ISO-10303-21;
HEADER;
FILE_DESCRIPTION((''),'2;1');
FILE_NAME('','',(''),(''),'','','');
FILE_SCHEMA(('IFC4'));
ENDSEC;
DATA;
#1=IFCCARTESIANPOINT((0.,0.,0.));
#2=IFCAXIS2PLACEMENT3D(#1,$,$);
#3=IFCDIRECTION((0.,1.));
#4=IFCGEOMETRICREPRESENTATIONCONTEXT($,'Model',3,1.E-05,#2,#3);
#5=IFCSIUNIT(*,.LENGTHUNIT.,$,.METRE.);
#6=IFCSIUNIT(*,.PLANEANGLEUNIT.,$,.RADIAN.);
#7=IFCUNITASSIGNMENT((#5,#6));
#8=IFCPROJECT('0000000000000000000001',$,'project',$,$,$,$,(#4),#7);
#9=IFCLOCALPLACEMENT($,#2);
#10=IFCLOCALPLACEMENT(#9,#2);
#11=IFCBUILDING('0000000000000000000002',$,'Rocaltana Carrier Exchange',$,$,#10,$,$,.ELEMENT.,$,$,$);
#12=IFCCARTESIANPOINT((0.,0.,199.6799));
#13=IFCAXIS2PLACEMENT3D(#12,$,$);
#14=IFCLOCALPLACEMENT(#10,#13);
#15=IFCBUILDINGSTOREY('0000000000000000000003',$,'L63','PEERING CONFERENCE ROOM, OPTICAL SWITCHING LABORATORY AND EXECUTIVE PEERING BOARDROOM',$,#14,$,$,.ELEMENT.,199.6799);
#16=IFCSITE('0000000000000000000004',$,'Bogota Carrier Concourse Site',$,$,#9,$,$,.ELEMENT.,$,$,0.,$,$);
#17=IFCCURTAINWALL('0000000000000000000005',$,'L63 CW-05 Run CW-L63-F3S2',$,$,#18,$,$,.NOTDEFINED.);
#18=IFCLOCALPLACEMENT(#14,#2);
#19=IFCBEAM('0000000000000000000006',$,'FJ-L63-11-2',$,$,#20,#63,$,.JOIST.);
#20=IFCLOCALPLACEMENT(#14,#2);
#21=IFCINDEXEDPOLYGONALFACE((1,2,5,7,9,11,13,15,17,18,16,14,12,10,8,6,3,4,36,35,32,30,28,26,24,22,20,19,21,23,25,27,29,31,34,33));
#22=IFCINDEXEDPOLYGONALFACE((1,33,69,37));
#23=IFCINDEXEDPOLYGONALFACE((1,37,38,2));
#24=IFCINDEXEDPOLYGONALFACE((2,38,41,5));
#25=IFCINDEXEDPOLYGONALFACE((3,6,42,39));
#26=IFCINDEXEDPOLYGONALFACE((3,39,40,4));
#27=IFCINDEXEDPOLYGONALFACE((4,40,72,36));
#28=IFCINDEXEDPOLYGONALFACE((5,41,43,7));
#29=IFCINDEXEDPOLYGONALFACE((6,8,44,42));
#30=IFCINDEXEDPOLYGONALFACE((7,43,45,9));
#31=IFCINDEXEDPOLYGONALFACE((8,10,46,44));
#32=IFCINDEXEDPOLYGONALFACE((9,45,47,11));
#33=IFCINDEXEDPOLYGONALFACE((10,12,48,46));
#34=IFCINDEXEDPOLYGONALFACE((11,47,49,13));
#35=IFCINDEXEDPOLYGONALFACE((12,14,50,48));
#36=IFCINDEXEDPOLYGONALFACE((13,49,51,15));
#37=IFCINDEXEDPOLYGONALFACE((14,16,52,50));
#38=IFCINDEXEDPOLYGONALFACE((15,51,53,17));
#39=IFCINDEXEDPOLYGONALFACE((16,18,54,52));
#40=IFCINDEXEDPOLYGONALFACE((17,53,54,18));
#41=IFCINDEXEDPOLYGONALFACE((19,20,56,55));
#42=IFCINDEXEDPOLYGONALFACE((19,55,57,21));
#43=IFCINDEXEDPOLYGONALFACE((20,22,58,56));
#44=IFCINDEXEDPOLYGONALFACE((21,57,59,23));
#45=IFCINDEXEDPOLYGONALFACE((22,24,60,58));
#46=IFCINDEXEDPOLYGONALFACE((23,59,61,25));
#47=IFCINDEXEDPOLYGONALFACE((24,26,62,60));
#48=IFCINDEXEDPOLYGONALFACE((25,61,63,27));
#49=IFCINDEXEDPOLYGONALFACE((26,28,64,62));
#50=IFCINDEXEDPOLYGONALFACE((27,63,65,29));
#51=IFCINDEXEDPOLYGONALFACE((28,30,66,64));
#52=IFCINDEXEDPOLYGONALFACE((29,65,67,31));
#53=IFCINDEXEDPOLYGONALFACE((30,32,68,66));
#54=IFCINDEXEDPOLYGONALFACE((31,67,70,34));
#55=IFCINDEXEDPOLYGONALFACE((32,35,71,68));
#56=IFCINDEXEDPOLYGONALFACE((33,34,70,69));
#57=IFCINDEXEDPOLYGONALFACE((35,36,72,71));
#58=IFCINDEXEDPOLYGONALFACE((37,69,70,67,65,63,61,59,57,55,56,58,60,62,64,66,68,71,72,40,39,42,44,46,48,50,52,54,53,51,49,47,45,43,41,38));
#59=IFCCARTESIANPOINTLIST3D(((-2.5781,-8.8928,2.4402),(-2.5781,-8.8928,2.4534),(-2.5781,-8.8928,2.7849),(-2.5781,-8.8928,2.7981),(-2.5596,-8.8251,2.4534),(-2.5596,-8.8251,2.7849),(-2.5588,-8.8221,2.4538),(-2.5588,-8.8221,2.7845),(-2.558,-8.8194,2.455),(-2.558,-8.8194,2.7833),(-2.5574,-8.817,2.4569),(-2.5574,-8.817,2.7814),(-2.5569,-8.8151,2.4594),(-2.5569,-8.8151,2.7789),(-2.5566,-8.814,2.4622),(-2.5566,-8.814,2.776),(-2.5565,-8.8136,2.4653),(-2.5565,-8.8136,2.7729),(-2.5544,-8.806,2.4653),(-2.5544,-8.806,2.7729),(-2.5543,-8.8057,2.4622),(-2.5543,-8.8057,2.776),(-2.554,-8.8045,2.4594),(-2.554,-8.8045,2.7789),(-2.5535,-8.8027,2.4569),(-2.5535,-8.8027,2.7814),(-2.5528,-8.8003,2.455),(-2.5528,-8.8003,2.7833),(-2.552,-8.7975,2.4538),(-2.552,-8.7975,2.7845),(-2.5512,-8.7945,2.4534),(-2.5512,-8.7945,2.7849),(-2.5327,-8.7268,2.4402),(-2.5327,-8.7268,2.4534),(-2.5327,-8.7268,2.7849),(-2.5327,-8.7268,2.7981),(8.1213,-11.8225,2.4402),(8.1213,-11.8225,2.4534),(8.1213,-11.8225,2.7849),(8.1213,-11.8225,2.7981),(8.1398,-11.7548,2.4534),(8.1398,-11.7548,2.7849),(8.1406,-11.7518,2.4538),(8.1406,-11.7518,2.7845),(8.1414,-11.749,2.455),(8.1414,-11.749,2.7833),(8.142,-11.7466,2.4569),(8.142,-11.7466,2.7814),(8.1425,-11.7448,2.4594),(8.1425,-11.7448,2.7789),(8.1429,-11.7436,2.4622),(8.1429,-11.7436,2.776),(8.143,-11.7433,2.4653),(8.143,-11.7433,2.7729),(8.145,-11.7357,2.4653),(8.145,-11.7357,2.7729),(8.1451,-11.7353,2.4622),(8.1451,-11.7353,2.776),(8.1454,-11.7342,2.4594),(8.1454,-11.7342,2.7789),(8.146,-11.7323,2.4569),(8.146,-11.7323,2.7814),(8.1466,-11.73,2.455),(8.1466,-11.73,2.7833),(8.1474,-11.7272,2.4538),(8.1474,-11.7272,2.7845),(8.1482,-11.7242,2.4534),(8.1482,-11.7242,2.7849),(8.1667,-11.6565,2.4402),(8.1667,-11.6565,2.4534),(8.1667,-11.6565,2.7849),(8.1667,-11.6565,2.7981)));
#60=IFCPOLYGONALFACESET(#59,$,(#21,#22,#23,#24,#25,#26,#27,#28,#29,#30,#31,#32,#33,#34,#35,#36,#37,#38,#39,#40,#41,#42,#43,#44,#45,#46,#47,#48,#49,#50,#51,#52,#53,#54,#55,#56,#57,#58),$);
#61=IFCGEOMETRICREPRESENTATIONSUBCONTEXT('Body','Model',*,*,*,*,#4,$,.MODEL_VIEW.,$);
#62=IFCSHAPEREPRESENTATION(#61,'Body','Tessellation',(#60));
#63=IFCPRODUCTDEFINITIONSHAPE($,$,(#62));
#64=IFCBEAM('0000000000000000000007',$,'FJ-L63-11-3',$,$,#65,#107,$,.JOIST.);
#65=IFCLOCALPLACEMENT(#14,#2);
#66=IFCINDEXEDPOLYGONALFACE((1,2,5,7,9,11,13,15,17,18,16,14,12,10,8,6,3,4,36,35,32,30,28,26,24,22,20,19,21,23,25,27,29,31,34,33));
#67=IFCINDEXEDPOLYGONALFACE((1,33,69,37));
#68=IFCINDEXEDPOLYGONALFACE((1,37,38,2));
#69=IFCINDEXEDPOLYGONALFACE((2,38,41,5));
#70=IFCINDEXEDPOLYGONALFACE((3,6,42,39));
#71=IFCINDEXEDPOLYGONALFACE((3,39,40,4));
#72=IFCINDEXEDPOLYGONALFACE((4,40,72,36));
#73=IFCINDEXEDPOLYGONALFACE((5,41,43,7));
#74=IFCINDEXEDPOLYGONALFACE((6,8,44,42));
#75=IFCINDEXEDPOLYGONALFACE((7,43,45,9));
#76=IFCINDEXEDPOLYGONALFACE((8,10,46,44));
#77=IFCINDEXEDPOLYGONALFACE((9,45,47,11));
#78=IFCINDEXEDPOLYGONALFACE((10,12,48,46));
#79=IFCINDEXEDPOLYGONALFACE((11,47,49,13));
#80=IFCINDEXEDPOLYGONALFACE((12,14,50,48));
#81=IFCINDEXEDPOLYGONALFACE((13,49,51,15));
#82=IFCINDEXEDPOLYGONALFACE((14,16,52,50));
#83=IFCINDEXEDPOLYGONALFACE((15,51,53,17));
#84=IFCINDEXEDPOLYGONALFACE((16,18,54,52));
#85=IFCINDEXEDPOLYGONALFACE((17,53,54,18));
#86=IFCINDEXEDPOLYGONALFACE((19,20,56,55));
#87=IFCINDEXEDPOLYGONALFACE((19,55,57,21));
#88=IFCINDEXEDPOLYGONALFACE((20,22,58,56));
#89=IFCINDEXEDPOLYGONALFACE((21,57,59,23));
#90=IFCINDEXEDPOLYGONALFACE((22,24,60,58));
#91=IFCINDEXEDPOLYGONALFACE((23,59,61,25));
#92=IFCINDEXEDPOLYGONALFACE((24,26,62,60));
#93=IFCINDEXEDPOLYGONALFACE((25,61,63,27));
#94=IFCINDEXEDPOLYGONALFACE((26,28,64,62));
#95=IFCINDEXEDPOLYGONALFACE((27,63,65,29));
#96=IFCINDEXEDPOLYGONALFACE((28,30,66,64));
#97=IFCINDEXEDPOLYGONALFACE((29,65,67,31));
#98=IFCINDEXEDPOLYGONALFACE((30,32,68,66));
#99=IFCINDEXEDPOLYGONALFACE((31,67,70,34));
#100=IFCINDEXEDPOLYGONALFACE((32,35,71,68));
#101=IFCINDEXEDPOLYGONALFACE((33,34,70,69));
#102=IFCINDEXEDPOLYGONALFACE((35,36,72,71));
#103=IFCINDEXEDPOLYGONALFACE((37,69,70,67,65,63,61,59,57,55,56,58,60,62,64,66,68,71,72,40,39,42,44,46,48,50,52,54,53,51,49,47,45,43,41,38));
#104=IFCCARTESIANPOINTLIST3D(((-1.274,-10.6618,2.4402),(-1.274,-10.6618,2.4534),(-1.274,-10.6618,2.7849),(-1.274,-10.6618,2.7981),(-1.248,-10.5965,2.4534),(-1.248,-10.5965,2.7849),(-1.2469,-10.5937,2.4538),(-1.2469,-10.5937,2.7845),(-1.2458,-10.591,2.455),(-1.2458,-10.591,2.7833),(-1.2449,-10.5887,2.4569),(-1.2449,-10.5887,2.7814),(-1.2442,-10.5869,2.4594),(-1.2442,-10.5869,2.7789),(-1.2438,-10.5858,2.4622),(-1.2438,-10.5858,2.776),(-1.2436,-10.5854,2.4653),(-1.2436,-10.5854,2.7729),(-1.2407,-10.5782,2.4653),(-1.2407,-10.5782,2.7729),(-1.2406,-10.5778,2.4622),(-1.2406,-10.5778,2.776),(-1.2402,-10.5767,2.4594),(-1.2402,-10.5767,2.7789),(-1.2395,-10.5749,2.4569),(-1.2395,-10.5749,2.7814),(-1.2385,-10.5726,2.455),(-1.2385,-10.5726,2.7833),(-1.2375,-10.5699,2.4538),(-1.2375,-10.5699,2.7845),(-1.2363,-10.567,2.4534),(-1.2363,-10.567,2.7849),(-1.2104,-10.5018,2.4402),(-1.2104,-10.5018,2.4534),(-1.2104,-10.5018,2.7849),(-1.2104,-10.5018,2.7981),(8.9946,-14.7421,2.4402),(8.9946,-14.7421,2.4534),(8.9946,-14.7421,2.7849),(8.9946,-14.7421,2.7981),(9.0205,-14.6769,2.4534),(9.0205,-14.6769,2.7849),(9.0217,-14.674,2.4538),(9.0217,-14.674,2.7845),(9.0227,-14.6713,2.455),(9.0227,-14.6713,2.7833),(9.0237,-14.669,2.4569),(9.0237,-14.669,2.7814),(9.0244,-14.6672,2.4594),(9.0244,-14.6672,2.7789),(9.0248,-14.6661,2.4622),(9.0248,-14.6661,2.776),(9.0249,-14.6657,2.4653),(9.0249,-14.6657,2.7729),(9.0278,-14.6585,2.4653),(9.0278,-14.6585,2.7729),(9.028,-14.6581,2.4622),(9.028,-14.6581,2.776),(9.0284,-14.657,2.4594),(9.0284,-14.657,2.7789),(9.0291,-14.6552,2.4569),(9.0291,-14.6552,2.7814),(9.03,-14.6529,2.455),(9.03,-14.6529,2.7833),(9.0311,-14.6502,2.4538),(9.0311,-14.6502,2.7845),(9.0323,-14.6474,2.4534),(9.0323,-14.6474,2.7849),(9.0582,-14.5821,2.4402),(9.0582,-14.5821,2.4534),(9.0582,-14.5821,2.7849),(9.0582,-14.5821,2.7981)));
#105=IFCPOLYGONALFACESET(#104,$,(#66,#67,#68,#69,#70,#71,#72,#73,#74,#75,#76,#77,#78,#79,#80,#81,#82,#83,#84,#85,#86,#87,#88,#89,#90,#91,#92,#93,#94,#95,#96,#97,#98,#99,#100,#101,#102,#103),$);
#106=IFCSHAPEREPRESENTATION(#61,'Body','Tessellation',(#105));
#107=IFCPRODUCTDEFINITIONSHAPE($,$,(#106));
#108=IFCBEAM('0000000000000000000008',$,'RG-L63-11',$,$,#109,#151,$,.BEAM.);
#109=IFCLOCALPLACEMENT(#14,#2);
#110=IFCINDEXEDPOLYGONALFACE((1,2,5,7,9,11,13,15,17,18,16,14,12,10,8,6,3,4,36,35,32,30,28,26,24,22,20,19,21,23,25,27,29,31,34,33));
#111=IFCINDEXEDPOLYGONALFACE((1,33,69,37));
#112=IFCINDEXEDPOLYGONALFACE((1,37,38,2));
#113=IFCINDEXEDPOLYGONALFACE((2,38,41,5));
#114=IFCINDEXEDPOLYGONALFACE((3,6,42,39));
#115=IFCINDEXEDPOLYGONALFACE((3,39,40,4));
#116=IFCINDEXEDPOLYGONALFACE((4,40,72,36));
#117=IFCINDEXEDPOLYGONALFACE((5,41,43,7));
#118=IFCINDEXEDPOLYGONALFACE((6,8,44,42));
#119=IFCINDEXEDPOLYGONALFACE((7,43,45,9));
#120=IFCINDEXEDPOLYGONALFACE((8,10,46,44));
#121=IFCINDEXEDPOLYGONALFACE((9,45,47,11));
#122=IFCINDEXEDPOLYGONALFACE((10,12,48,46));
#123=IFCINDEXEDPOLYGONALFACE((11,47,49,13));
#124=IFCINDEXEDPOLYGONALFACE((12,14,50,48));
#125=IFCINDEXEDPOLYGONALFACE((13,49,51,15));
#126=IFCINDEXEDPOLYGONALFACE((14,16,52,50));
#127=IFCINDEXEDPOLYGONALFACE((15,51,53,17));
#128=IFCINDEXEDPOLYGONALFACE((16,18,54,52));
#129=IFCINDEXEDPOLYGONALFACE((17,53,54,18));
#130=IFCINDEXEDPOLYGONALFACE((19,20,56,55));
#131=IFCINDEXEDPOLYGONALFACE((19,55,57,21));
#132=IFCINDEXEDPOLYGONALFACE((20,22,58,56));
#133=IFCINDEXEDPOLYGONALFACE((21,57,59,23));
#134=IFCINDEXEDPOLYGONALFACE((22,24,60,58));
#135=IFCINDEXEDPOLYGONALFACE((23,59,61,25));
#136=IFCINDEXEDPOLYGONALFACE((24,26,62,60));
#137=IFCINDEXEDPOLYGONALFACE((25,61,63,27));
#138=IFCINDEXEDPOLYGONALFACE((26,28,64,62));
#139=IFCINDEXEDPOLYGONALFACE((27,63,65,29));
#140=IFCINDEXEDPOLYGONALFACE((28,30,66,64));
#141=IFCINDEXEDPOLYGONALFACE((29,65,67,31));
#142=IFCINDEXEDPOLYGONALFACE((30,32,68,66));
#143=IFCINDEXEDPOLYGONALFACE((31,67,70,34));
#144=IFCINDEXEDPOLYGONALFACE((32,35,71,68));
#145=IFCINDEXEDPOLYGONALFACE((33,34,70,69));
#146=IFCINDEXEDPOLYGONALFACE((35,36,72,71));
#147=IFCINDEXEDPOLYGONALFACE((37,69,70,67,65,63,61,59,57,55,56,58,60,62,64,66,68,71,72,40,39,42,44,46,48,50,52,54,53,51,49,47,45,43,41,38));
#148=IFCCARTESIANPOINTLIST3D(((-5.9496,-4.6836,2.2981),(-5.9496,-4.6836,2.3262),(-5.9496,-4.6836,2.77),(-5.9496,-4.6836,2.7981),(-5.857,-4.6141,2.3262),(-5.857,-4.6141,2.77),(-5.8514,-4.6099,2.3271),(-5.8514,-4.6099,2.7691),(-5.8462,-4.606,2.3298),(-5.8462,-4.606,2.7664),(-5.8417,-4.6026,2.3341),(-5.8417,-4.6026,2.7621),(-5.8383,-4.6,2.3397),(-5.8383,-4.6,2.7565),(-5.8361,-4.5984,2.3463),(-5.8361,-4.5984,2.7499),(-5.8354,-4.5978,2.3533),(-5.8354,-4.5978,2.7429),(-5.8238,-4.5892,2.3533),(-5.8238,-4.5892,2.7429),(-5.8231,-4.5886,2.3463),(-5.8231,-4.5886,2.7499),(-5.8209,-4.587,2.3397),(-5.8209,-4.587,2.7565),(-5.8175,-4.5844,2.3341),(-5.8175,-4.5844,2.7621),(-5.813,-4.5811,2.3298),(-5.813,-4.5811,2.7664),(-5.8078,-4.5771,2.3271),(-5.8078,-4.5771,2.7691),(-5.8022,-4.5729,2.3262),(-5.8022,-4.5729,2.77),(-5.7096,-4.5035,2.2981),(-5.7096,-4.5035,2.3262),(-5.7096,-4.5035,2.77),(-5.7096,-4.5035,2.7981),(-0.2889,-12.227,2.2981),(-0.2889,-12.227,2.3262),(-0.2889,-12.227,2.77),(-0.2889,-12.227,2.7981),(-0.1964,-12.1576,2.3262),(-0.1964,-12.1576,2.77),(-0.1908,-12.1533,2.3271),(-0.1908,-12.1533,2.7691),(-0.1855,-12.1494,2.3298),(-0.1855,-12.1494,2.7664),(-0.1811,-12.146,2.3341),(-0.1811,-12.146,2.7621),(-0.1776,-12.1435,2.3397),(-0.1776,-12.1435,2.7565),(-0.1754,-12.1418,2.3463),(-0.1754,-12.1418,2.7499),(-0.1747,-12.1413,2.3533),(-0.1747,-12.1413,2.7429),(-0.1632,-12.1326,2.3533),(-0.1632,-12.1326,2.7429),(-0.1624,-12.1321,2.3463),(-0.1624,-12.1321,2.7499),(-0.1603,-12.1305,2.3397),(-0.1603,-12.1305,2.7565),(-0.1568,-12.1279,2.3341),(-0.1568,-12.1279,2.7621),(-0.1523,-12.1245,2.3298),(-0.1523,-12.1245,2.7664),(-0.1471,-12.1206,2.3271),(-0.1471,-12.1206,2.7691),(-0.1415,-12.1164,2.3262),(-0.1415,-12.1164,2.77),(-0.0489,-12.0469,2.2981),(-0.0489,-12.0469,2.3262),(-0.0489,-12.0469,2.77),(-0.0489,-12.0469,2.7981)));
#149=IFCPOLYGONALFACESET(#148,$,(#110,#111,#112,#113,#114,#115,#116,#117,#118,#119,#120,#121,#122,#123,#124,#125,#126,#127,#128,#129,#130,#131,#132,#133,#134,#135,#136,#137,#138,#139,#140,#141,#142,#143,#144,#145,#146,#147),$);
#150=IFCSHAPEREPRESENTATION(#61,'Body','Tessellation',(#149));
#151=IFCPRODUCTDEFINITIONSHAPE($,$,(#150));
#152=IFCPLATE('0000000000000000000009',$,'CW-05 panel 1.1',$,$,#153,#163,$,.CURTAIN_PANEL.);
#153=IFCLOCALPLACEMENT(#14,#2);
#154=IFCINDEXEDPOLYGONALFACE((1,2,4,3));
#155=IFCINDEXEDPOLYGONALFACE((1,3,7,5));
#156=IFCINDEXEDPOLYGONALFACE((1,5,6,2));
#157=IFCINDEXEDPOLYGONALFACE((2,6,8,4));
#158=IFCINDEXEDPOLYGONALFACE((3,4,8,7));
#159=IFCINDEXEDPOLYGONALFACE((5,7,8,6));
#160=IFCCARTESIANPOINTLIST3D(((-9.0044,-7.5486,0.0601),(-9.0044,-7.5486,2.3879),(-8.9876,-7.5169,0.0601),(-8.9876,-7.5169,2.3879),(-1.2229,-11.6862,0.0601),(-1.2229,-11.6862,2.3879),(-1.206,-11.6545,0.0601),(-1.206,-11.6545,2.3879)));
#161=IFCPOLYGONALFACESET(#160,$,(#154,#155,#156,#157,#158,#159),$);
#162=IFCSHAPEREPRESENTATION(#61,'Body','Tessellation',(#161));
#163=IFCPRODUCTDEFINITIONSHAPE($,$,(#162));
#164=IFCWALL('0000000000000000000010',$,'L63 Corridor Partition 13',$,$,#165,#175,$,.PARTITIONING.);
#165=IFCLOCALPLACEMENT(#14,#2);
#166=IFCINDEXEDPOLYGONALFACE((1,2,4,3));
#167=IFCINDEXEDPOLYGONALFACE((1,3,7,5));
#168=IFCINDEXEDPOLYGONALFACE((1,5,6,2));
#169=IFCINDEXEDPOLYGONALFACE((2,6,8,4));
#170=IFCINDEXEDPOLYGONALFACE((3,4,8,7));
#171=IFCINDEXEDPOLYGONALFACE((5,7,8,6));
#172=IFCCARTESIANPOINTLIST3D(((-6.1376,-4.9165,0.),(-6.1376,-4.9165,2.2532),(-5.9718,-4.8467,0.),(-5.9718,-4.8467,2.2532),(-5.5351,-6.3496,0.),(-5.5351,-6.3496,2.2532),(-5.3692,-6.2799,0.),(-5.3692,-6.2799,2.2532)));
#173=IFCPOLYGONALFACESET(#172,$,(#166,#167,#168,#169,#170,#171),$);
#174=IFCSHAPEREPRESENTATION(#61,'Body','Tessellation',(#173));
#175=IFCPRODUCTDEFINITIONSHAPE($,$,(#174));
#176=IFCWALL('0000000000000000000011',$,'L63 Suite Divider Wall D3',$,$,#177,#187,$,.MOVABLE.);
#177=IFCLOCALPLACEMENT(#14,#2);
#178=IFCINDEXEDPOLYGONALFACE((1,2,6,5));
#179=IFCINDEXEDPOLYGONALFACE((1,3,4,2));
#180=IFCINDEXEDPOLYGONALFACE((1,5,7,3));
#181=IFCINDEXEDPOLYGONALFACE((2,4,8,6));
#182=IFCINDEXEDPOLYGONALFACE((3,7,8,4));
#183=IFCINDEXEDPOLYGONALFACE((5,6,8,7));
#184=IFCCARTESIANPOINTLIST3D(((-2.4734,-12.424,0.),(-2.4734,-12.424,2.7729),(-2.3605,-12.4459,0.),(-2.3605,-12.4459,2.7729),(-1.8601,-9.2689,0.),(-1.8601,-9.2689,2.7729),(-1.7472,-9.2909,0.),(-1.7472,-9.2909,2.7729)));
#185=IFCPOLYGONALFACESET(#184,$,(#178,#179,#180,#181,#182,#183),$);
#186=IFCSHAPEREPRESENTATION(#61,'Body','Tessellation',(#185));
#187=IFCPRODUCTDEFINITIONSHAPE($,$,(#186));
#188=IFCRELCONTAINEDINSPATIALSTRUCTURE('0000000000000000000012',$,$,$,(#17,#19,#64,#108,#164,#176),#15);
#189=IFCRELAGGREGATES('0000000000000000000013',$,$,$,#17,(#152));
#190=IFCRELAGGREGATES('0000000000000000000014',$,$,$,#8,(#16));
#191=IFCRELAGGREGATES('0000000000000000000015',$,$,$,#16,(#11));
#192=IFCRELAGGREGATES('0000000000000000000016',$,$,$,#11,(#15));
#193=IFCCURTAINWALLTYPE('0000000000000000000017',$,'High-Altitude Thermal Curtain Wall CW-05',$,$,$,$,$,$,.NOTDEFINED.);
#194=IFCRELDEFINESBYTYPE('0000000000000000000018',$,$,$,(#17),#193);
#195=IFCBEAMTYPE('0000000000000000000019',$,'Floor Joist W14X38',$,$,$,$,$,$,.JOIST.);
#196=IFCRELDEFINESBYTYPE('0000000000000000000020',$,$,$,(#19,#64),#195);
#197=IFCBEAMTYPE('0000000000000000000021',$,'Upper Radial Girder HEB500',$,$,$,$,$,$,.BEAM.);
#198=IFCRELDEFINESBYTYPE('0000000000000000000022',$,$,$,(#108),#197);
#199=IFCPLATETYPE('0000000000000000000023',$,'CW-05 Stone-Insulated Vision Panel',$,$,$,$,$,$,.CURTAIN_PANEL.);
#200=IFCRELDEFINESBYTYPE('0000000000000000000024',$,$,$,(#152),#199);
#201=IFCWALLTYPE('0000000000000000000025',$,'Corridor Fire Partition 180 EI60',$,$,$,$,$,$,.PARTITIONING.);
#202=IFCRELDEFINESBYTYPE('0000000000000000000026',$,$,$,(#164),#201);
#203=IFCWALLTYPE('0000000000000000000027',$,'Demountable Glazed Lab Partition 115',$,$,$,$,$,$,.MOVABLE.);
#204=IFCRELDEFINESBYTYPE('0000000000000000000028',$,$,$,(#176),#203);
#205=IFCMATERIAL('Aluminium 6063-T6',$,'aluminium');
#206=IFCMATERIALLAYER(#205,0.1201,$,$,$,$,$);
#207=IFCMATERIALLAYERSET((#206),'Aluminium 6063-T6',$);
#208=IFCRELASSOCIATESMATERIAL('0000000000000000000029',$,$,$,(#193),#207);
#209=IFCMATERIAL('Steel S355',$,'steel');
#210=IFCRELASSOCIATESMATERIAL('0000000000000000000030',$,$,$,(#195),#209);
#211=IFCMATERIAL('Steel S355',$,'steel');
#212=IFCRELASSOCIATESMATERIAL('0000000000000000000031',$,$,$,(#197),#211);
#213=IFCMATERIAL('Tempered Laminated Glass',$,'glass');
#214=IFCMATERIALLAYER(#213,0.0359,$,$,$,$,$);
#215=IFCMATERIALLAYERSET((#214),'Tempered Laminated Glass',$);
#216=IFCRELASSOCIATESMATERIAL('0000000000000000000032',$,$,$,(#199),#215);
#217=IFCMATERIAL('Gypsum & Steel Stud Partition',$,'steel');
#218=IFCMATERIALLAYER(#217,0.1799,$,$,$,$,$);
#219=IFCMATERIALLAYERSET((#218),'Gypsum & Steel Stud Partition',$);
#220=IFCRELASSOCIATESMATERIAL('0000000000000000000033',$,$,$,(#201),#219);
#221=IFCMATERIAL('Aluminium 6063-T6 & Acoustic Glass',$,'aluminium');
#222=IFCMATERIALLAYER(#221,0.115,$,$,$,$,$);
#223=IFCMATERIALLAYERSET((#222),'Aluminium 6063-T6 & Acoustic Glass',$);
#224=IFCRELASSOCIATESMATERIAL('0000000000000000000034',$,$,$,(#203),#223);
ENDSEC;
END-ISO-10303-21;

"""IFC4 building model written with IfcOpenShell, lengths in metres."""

from ifc_helpers import new_model, si_unit, direction, frame, frame_2d, origin, origin_2d, place, context, subcontext, project, spatial, rectangle, i_section, extrude, material, layer, layer_set, material_profile, profile_set, type_object, element, aggregate, save


model = new_model("IFC4")

# Units and contexts
model_context = context("Model", 3, precision=1e-05, world=origin(), true_north=direction((0.0, 1.0)))
body_context = subcontext(model_context, "Body", "Model", "MODEL_VIEW")
ifc_project = project(units=[si_unit("LENGTHUNIT", "METRE"), si_unit("PLANEANGLEUNIT", "RADIAN")], contexts=[model_context])

# Site, building, storey
site_placement = place(None, origin())
site = spatial("IfcSite", under=ifc_project, at=site_placement, Name="Bogota Carrier Concourse Site", CompositionType="ELEMENT", RefElevation=0.0)
building_placement = place(site_placement, origin())
building = spatial("IfcBuilding", under=site, at=building_placement, Name="Rocaltana Carrier Exchange", CompositionType="ELEMENT")
storey_placement = place(building_placement, frame((0.0, 0.0, 199.6799)))
storey = spatial("IfcBuildingStorey", under=building, at=storey_placement, Name="L63", Description="PEERING CONFERENCE ROOM, OPTICAL SWITCHING LABORATORY AND EXECUTIVE PEERING BOARDROOM", CompositionType="ELEMENT", Elevation=199.6799)

# Curtain wall
ifc_material_1 = material(Name="Aluminium 6063-T6", Category="aluminium")
ifc_layer_1 = layer(ifc_material_1, 0.1201)
ifc_layer_set_1 = layer_set([ifc_layer_1], Name="Aluminium 6063-T6")
curtain_wall_type = type_object("IfcCurtainWallType", Name="High-Altitude Thermal Curtain Wall CW-05", PredefinedType="NOTDEFINED", material=ifc_layer_set_1)
curtain_wall_placement = place(storey_placement, origin())
curtain_wall = element("IfcCurtainWall", 1, at=curtain_wall_placement, inside=storey, type_object=curtain_wall_type, Name="L63 CW-05 Run CW-L63-F3S2", PredefinedType="NOTDEFINED")

# Beams
ifc_material_2 = material(Name="Steel S355", Category="steel")
ifc_material_profile_1 = material_profile(ifc_material_2, i_section(OverallWidth=0.1721, OverallDepth=0.3579, WebThickness=0.0078, FlangeThickness=0.0132, FilletRadius=0.012, at=origin_2d()), Name="W14X38")
ifc_profile_set_1 = profile_set([ifc_material_profile_1], Name="Steel S355")
beam_type_1 = type_object("IfcBeamType", Name="Floor Joist W14X38", PredefinedType="JOIST", material=ifc_profile_set_1)
beam_1_placement = place(storey_placement, frame((-2.5554, -8.8098, 2.6191), z_axis=(0.964497, -0.264095, 0.0), x_axis=(0.264095, 0.964497, 0.0)))
element("IfcBeam", 2, at=beam_1_placement, inside=storey, type_object=beam_type_1, Name="FJ-L63-11-2", PredefinedType="JOIST", context=body_context, shape_type="SweptSolid", body=[
    extrude(i_section(OverallWidth=0.1721, OverallDepth=0.3579, WebThickness=0.0078, FlangeThickness=0.0132, FilletRadius=0.012, at=origin_2d()), origin(), (0.0, 0.0, 1.0), 11.0933),
])
beam_2_placement = place(storey_placement, frame((-1.2422, -10.5818, 2.6191), z_axis=(0.92932, -0.369275, 0.0), x_axis=(0.369275, 0.92932, 0.0)))
element("IfcBeam", 3, at=beam_2_placement, inside=storey, type_object=beam_type_1, Name="FJ-L63-11-3", PredefinedType="JOIST", context=body_context, shape_type="SweptSolid", body=[
    extrude(i_section(OverallWidth=0.1721, OverallDepth=0.3579, WebThickness=0.0078, FlangeThickness=0.0132, FilletRadius=0.012, at=origin_2d()), origin(), (0.0, 0.0, 1.0), 11.0496),
])
ifc_material_3 = material(Name="Steel S355", Category="steel")
ifc_material_profile_2 = material_profile(ifc_material_3, i_section(OverallWidth=0.3, OverallDepth=0.5, WebThickness=0.0144, FlangeThickness=0.0281, FilletRadius=0.0271, at=origin_2d()), Name="HEB500")
ifc_profile_set_2 = profile_set([ifc_material_profile_2], Name="Steel S355")
beam_type_2 = type_object("IfcBeamType", Name="Upper Radial Girder HEB500", PredefinedType="BEAM", material=ifc_profile_set_2)
beam_3_placement = place(storey_placement, frame((-5.8296, -4.5935, 2.5481), z_axis=(0.600207, -0.799845, 0.0), x_axis=(0.799845, 0.600207, 0.0)))
element("IfcBeam", 4, at=beam_3_placement, inside=storey, type_object=beam_type_2, Name="RG-L63-11", PredefinedType="BEAM", context=body_context, shape_type="SweptSolid", body=[
    extrude(i_section(OverallWidth=0.3, OverallDepth=0.5, WebThickness=0.0144, FlangeThickness=0.0281, FilletRadius=0.0271, at=origin_2d()), origin(), (0.0, 0.0, 1.0), 9.4312),
])

# Plate
ifc_material_4 = material(Name="Tempered Laminated Glass", Category="glass")
ifc_layer_2 = layer(ifc_material_4, 0.0359)
ifc_layer_set_2 = layer_set([ifc_layer_2], Name="Tempered Laminated Glass")
plate_type = type_object("IfcPlateType", Name="CW-05 Stone-Insulated Vision Panel", PredefinedType="CURTAIN_PANEL", material=ifc_layer_set_2)
plate_placement = place(storey_placement, frame((-5.1052, -9.6016, 0.0601), z_axis=(0.0, 0.0, 1.0), x_axis=(0.882943, -0.469479, 0.0)))
plate = element("IfcPlate", 5, at=plate_placement, type_object=plate_type, Name="CW-05 panel 1.1", PredefinedType="CURTAIN_PANEL", context=body_context, shape_type="SweptSolid", body=[
    extrude(rectangle(XDim=8.8132, YDim=0.0359, at=origin_2d()), origin(), (0.0, 0.0, 1.0), 2.3279),
])
aggregate(curtain_wall, [plate])

# Walls
ifc_material_5 = material(Name="Gypsum & Steel Stud Partition", Category="steel")
ifc_layer_3 = layer(ifc_material_5, 0.1799)
ifc_layer_set_3 = layer_set([ifc_layer_3], Name="Gypsum & Steel Stud Partition")
wall_type_1 = type_object("IfcWallType", Name="Corridor Fire Partition 180 EI60", PredefinedType="PARTITIONING", material=ifc_layer_set_3)
wall_1_placement = place(storey_placement, frame((-6.0547, -4.8816, 0.0), z_axis=(0.0, 0.0, 1.0), x_axis=(0.38758, -0.921836, 0.0)))
element("IfcWall", 6, at=wall_1_placement, inside=storey, type_object=wall_type_1, Name="L63 Corridor Partition 13", PredefinedType="PARTITIONING", context=body_context, shape_type="SweptSolid", body=[
    extrude(rectangle(XDim=1.5547, YDim=0.1799, at=frame_2d((0.7773, 0.0))), origin(), (0.0, 0.0, 1.0), 2.2532),
])
ifc_material_6 = material(Name="Aluminium 6063-T6 & Acoustic Glass", Category="aluminium")
ifc_layer_4 = layer(ifc_material_6, 0.115)
ifc_layer_set_4 = layer_set([ifc_layer_4], Name="Aluminium 6063-T6 & Acoustic Glass")
wall_type_2 = type_object("IfcWallType", Name="Demountable Glazed Lab Partition 115", PredefinedType="MOVABLE", material=ifc_layer_set_4)
wall_2_placement = place(storey_placement, frame((-1.8037, -9.28, 0.0), z_axis=(0.0, 0.0, 1.0), x_axis=(-0.190811, -0.981627, 0.0)))
element("IfcWall", 7, at=wall_2_placement, inside=storey, type_object=wall_type_2, Name="L63 Suite Divider Wall D3", PredefinedType="MOVABLE", context=body_context, shape_type="SweptSolid", body=[
    extrude(rectangle(XDim=3.2141, YDim=0.115, at=frame_2d((1.6069, 0.0))), origin(), (0.0, 0.0, 1.0), 2.7729),
])

save(model, "model.ifc")
